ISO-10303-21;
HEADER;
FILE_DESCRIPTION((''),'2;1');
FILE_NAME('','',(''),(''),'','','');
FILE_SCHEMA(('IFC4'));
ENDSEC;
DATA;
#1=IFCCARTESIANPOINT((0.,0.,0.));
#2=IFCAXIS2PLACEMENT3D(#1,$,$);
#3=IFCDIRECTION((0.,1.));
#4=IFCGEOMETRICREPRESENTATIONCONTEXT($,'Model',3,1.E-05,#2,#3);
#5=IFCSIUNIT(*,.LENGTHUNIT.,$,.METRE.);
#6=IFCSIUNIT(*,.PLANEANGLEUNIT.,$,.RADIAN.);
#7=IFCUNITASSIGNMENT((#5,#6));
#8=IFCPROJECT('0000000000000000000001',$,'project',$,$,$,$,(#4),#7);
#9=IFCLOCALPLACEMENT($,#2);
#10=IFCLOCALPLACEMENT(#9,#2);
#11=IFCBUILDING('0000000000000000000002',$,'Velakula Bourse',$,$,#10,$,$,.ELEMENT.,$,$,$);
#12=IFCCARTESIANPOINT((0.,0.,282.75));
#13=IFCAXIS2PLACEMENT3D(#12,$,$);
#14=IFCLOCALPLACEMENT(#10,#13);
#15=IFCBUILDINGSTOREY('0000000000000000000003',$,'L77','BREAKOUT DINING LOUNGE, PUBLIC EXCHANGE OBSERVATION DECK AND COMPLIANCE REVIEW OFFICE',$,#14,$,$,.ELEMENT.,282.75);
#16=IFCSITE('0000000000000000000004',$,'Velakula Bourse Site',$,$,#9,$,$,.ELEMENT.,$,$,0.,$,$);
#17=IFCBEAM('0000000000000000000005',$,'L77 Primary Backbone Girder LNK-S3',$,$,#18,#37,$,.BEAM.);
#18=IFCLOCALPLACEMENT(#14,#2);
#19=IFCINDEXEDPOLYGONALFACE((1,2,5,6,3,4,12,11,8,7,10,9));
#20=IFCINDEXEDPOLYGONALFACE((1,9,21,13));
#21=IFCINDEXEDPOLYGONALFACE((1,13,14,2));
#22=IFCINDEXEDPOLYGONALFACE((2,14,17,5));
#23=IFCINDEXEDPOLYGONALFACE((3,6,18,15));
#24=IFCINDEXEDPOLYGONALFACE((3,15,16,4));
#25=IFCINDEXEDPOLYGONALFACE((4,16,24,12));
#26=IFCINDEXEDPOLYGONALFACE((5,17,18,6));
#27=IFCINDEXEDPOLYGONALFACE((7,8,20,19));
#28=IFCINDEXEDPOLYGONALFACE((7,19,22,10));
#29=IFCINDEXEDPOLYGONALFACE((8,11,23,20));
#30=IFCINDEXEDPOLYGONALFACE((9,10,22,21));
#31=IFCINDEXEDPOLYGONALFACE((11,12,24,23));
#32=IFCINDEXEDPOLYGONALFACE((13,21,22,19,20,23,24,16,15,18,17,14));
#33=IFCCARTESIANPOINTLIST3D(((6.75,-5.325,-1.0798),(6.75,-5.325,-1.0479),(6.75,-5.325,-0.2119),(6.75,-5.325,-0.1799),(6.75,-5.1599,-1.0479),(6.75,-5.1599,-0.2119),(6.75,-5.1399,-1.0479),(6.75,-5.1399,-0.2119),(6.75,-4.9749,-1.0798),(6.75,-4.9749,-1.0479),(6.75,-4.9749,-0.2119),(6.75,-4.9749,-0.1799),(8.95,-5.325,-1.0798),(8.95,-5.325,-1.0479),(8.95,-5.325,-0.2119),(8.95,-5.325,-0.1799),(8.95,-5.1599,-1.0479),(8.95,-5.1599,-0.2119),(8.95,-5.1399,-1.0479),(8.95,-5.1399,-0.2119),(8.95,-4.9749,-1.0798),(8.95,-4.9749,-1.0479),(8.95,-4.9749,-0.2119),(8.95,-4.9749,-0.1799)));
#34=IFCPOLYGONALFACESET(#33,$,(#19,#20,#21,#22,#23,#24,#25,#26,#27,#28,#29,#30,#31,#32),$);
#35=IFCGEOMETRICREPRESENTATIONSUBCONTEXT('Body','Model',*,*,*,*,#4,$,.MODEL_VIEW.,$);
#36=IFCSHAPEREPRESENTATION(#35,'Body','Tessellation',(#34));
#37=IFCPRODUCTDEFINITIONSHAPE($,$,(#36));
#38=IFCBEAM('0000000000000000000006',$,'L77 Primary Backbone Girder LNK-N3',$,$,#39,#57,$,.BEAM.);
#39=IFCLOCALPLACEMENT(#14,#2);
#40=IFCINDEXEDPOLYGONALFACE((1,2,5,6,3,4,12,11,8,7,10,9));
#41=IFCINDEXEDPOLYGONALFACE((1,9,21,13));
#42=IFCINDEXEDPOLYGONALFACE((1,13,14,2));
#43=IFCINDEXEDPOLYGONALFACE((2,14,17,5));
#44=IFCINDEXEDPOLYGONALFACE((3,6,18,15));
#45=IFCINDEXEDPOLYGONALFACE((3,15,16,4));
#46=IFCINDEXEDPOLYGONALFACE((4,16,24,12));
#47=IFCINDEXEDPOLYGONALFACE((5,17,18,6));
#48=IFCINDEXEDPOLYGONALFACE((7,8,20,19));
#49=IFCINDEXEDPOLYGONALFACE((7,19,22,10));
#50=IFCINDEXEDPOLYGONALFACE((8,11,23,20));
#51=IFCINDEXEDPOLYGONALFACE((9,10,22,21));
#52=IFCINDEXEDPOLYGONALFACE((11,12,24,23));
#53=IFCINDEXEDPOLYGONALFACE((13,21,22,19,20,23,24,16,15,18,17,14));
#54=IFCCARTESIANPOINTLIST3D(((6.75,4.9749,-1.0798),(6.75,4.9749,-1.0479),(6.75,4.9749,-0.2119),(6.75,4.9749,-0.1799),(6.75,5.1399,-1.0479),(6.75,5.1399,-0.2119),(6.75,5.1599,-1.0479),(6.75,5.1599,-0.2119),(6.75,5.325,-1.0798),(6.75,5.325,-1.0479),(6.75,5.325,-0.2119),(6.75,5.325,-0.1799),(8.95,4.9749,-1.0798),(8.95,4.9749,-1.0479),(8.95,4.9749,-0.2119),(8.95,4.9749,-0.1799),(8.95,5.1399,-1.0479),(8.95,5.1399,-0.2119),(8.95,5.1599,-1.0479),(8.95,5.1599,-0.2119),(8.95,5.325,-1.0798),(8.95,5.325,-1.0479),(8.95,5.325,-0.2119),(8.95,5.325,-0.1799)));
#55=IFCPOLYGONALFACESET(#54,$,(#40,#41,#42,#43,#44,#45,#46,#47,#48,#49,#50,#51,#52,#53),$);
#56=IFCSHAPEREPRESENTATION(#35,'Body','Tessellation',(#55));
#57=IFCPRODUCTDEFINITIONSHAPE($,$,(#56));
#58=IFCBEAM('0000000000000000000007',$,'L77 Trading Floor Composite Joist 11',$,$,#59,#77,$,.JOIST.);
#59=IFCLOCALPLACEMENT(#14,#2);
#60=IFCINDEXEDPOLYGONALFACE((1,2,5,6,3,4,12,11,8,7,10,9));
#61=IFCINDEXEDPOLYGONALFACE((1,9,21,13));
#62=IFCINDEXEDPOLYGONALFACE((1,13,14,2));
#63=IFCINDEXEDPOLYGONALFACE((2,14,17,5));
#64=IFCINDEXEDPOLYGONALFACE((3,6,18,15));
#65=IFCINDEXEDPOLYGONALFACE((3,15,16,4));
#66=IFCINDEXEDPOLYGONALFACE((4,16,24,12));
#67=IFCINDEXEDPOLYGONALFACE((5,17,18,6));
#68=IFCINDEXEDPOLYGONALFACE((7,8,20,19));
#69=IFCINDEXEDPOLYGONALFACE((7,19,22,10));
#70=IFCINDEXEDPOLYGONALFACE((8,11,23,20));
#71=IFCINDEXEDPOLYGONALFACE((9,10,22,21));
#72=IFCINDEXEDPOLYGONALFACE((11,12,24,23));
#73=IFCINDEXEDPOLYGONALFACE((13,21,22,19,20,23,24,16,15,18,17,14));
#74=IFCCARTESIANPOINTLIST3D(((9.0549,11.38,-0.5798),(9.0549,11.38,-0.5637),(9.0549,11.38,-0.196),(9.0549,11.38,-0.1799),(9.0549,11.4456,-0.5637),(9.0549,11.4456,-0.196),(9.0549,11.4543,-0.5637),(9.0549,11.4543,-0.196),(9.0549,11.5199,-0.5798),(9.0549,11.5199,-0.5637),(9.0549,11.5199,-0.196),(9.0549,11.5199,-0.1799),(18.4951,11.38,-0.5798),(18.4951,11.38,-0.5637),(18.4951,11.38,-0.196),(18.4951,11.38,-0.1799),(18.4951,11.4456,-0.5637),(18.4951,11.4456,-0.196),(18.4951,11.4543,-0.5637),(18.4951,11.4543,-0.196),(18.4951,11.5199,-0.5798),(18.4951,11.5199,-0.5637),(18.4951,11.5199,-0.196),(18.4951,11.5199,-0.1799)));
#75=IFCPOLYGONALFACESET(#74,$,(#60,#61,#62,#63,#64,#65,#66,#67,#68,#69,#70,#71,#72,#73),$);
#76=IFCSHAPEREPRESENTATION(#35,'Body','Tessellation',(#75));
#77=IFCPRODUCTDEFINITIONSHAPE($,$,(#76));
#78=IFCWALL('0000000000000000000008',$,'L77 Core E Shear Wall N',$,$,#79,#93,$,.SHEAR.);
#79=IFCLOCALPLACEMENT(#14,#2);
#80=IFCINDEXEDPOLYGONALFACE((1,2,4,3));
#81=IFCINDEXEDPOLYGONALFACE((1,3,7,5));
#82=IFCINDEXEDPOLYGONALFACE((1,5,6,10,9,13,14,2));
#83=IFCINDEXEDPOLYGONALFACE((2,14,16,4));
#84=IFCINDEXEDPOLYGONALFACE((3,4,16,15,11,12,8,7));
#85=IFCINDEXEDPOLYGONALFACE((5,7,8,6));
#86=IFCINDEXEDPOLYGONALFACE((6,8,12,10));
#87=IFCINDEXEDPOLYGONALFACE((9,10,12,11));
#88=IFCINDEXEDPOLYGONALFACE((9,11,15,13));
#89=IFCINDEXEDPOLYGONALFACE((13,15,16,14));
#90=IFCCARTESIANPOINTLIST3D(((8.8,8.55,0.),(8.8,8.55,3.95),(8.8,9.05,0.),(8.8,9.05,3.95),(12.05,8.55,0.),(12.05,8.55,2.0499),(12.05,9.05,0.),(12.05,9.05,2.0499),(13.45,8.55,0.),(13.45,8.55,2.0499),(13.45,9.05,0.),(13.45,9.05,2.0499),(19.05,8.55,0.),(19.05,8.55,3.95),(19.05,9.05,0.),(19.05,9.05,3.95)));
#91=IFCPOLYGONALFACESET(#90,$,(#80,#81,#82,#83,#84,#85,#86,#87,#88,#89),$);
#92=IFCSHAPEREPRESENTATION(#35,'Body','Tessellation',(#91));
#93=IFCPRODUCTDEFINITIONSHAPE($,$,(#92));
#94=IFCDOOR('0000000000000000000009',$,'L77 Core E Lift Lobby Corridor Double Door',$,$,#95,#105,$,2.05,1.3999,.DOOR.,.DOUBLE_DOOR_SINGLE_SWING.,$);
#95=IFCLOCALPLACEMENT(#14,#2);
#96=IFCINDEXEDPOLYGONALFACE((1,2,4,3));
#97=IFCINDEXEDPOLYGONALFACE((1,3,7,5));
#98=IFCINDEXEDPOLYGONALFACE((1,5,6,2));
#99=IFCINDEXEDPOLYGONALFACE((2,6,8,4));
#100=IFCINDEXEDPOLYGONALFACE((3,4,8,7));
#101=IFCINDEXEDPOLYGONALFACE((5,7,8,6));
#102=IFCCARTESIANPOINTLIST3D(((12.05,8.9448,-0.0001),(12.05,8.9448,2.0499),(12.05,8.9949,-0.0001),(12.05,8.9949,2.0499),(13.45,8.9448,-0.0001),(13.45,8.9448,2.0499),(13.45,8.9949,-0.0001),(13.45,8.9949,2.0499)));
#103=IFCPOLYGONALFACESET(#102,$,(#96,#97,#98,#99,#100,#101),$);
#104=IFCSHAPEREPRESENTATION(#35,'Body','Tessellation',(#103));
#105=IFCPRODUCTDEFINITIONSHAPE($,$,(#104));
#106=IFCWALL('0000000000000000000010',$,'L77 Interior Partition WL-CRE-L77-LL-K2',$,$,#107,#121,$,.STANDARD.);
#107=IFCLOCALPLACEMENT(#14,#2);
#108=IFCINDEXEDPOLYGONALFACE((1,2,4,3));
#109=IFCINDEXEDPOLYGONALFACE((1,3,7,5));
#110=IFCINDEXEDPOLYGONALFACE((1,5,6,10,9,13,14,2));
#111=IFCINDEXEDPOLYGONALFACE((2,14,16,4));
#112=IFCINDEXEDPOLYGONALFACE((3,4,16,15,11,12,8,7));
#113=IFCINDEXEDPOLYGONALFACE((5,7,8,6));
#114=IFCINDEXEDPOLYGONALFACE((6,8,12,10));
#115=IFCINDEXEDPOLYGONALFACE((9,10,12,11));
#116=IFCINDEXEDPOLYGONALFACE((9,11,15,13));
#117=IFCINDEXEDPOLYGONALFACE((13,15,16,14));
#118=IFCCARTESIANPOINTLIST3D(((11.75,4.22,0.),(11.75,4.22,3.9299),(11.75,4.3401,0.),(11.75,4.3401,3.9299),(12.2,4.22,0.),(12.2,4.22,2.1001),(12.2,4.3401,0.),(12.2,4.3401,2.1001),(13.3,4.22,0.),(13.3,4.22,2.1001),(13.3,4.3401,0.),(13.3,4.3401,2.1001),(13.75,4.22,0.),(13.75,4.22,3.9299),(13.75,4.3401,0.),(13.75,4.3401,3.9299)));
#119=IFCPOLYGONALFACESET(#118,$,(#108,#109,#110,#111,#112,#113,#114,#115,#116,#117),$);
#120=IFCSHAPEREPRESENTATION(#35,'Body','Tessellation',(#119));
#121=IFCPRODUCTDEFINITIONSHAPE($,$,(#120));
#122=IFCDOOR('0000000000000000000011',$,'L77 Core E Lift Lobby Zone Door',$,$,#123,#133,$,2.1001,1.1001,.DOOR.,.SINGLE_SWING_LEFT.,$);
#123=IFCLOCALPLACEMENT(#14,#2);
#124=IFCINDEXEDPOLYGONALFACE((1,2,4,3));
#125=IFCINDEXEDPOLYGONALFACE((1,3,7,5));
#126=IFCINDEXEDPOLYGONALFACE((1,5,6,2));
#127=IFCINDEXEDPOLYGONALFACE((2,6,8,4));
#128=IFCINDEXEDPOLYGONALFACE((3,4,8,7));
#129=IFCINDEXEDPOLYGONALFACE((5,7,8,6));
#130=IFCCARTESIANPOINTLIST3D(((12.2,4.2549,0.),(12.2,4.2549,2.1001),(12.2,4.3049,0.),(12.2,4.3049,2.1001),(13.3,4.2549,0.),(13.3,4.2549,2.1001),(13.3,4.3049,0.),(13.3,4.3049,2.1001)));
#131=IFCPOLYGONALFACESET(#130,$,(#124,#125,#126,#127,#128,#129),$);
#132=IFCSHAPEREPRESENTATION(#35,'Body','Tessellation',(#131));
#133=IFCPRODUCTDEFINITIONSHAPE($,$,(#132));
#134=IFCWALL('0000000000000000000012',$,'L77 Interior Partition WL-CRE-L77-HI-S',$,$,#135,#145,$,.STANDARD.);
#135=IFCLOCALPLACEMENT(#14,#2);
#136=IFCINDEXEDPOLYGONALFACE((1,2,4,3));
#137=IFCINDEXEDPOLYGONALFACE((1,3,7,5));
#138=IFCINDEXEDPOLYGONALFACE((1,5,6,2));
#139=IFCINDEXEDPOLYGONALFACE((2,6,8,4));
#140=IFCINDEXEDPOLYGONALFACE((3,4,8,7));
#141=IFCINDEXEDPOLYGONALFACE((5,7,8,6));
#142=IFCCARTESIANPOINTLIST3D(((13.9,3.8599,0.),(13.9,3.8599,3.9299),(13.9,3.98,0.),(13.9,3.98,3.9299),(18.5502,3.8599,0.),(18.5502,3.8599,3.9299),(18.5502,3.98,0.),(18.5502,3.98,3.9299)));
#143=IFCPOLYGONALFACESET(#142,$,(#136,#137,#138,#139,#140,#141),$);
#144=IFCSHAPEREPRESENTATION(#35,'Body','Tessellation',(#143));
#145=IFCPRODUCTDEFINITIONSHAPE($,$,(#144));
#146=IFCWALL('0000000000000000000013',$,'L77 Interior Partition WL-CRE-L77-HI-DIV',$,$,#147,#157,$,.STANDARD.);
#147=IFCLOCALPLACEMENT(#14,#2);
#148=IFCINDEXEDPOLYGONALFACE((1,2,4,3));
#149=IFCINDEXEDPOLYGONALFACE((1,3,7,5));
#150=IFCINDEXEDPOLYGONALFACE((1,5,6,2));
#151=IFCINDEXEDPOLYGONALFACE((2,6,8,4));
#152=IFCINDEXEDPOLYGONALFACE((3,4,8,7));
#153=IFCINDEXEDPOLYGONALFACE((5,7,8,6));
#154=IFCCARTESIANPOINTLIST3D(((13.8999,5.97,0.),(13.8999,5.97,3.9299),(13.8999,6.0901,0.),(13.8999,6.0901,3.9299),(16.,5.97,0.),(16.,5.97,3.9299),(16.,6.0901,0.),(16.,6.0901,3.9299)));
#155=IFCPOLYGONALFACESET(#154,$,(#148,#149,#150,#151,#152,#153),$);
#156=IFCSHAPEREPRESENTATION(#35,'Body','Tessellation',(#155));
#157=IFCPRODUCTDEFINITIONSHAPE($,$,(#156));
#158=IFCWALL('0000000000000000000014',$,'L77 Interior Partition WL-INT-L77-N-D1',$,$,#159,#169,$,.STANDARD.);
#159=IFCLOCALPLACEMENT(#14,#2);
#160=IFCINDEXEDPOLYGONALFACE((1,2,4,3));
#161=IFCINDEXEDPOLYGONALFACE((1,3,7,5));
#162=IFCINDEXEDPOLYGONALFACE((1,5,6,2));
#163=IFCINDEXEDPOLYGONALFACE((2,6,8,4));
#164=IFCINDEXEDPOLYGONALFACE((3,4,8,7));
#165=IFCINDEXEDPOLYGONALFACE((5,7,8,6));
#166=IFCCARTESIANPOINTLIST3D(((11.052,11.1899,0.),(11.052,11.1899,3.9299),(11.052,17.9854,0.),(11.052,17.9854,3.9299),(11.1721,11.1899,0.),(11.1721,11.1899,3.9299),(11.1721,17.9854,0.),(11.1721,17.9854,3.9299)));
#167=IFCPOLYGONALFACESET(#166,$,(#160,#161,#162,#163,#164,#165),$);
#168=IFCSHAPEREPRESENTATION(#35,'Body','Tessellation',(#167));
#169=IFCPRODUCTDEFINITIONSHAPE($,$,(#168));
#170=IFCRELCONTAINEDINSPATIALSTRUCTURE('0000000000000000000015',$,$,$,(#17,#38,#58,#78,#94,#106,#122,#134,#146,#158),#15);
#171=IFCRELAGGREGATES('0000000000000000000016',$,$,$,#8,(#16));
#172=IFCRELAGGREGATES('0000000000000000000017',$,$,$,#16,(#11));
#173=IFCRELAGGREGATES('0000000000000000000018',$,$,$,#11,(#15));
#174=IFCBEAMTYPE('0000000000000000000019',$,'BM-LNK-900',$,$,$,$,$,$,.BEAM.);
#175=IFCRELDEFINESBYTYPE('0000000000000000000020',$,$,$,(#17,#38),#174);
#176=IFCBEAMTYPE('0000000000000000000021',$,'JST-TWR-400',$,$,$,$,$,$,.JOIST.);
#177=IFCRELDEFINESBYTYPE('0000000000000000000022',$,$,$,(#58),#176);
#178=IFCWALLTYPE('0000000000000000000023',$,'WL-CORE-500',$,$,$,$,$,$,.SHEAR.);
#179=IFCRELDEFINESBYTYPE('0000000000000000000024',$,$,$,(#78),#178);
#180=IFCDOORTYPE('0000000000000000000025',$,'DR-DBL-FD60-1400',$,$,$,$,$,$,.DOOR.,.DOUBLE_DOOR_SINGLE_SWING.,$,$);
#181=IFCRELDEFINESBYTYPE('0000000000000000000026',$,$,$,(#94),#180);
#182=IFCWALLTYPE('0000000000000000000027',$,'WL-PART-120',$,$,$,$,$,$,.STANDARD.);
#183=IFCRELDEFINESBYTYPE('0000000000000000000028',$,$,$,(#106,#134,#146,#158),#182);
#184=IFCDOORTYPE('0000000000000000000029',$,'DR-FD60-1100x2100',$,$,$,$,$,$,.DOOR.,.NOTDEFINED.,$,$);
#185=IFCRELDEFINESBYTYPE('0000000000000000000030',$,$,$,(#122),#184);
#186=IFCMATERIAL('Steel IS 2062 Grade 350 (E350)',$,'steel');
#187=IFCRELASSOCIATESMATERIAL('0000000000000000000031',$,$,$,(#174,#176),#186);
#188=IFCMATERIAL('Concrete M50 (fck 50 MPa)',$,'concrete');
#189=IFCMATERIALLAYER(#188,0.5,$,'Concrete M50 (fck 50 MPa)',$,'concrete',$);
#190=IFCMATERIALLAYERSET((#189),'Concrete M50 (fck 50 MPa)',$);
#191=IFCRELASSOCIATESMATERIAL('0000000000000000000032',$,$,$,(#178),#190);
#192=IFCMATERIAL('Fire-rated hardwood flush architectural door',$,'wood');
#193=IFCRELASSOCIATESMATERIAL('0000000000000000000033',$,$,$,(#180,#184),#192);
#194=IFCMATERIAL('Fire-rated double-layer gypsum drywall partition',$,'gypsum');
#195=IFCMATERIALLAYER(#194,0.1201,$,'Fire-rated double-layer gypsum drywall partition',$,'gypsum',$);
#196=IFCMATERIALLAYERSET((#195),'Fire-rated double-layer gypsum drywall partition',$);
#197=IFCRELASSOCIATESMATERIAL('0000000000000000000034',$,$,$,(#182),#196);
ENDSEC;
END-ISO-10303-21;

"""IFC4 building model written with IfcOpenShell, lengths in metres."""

from ifc_helpers import new_model, si_unit, direction, frame, frame_2d, origin, origin_2d, place, context, subcontext, project, spatial, rectangle, i_section, extrude, material, layer, layer_set, material_profile, profile_set, type_object, element, fill, save


model = new_model("IFC4")

# Units and contexts
model_context = context("Model", 3, precision=1e-05, world=origin(), true_north=direction((0.0, 1.0)))
body_context = subcontext(model_context, "Body", "Model", "MODEL_VIEW")
ifc_project = project(units=[si_unit("LENGTHUNIT", "METRE"), si_unit("PLANEANGLEUNIT", "RADIAN")], contexts=[model_context])

# Site, building, storey
site_placement = place(None, origin())
site = spatial("IfcSite", under=ifc_project, at=site_placement, Name="Velakula Bourse Site", CompositionType="ELEMENT", RefElevation=0.0)
building_placement = place(site_placement, origin())
building = spatial("IfcBuilding", under=site, at=building_placement, Name="Velakula Bourse", CompositionType="ELEMENT")
storey_placement = place(building_placement, frame((0.0, 0.0, 282.75)))
storey = spatial("IfcBuildingStorey", under=building, at=storey_placement, Name="L77", Description="BREAKOUT DINING LOUNGE, PUBLIC EXCHANGE OBSERVATION DECK AND COMPLIANCE REVIEW OFFICE", CompositionType="ELEMENT", Elevation=282.75)

# Shared definitions
ifc_material_1 = material(Name="Concrete M50 (fck 50 MPa)", Category="concrete")
ifc_material_2 = material(Name="Steel IS 2062 Grade 350 (E350)", Category="steel")

# Beams
ifc_material_profile_1 = material_profile(ifc_material_2, i_section(OverallWidth=0.3501, OverallDepth=0.8999, WebThickness=0.02, FlangeThickness=0.032, at=origin_2d()), Name="Steel IS 2062 Grade 350 (E350)")
ifc_profile_set_1 = profile_set([ifc_material_profile_1], Name="Steel IS 2062 Grade 350 (E350)")
beam_type_1 = type_object("IfcBeamType", Name="BM-LNK-900", PredefinedType="BEAM", material=ifc_profile_set_1)
for number, where, z_axis, x_axis, name in (
    (1, (6.75, -5.1499, -0.6299), (1.0, 0.0, 0.0), (0.0, 1.0, 0.0), "L77 Primary Backbone Girder LNK-S3"),
    (2, (6.75, 5.1499, -0.6299), (1.0, 0.0, 0.0), (0.0, 1.0, 0.0), "L77 Primary Backbone Girder LNK-N3"),
):
    element("IfcBeam", number, at=place(storey_placement, frame(where, z_axis=z_axis, x_axis=x_axis)), inside=storey, type_object=beam_type_1, Name=name, PredefinedType="BEAM", context=body_context, shape_type="SweptSolid", body=[
        extrude(i_section(OverallWidth=0.3501, OverallDepth=0.8999, WebThickness=0.02, FlangeThickness=0.032, at=origin_2d()), origin(), (0.0, 0.0, 1.0), 2.2),
    ])
ifc_material_profile_2 = material_profile(ifc_material_2, i_section(OverallWidth=0.1399, OverallDepth=0.3999, WebThickness=0.0088, FlangeThickness=0.0161, at=origin_2d()), Name="Steel IS 2062 Grade 350 (E350)")
ifc_profile_set_2 = profile_set([ifc_material_profile_2], Name="Steel IS 2062 Grade 350 (E350)")
beam_type_2 = type_object("IfcBeamType", Name="JST-TWR-400", PredefinedType="JOIST", material=ifc_profile_set_2)
beam_1_placement = place(storey_placement, frame((9.0549, 11.45, -0.3799), z_axis=(1.0, 0.0, 0.0), x_axis=(0.0, 1.0, 0.0)))
element("IfcBeam", 3, at=beam_1_placement, inside=storey, type_object=beam_type_2, Name="L77 Trading Floor Composite Joist 11", PredefinedType="JOIST", context=body_context, shape_type="SweptSolid", body=[
    extrude(i_section(OverallWidth=0.1399, OverallDepth=0.3999, WebThickness=0.0088, FlangeThickness=0.0161, at=origin_2d()), origin(), (0.0, 0.0, 1.0), 9.4402),
])

# Walls, openings, doors
ifc_layer_1 = layer(ifc_material_1, 0.5, Name="Concrete M50 (fck 50 MPa)", Category="concrete")
ifc_layer_set_1 = layer_set([ifc_layer_1], Name="Concrete M50 (fck 50 MPa)")
wall_type_1 = type_object("IfcWallType", Name="WL-CORE-500", PredefinedType="SHEAR", material=ifc_layer_set_1)
wall_1_placement = place(storey_placement, frame((8.8, 8.8, 0.0), z_axis=(0.0, 0.0, 1.0), x_axis=(1.0, 0.0, 0.0)))
wall_1 = element("IfcWall", 4, at=wall_1_placement, inside=storey, type_object=wall_type_1, Name="L77 Core E Shear Wall N", PredefinedType="SHEAR", context=body_context, shape_type="SweptSolid", body=[
    extrude(rectangle(XDim=10.25, YDim=0.5, at=frame_2d((5.125, 0.0))), origin(), (0.0, 0.0, 1.0), 3.95),
])
opening_1_placement = place(wall_1_placement, frame((3.25, 0.0, 0.0)))
opening_1 = element("IfcOpeningElement", 5, at=opening_1_placement, cuts=wall_1, PredefinedType="OPENING", context=body_context, shape_type="SweptSolid", body=[
    extrude(rectangle(XDim=1.3999, YDim=2.05, at=frame_2d((0.7, 1.0249))), frame((0.0, 0.26, 0.0), z_axis=(0.0, -1.0, 0.0), x_axis=(1.0, 0.0, 0.0)), (0.0, 0.0, 1.0), 0.52),
])
ifc_material_3 = material(Name="Fire-rated hardwood flush architectural door", Category="wood")
door_type_1 = type_object("IfcDoorType", Name="DR-DBL-FD60-1400", OperationType="DOUBLE_DOOR_SINGLE_SWING", PredefinedType="DOOR", material=ifc_material_3)
door_1_placement = place(opening_1_placement, origin())
door_1 = element("IfcDoor", 6, at=door_1_placement, inside=storey, type_object=door_type_1, Name="L77 Core E Lift Lobby Corridor Double Door", OperationType="DOUBLE_DOOR_SINGLE_SWING", OverallHeight=2.05, OverallWidth=1.3999, PredefinedType="DOOR", context=body_context, shape_type="SweptSolid", body=[
    extrude(rectangle(XDim=1.3999, YDim=2.05, at=frame_2d((0.7, 1.0249))), frame((0.0, 0.1948, 0.0), z_axis=(0.0, -1.0, 0.0), x_axis=(1.0, 0.0, 0.0)), (0.0, 0.0, 1.0), 0.05),
])
fill(opening_1, door_1)
ifc_material_4 = material(Name="Fire-rated double-layer gypsum drywall partition", Category="gypsum")
ifc_layer_2 = layer(ifc_material_4, 0.1201, Name="Fire-rated double-layer gypsum drywall partition", Category="gypsum")
ifc_layer_set_2 = layer_set([ifc_layer_2], Name="Fire-rated double-layer gypsum drywall partition")
wall_type_2 = type_object("IfcWallType", Name="WL-PART-120", PredefinedType="STANDARD", material=ifc_layer_set_2)
wall_2_placement = place(storey_placement, frame((11.75, 4.28, 0.0), z_axis=(0.0, 0.0, 1.0), x_axis=(1.0, 0.0, 0.0)))
wall_2 = element("IfcWall", 7, at=wall_2_placement, inside=storey, type_object=wall_type_2, Name="L77 Interior Partition WL-CRE-L77-LL-K2", PredefinedType="STANDARD", context=body_context, shape_type="SweptSolid", body=[
    extrude(rectangle(XDim=2.0, YDim=0.1201, at=frame_2d((1.0, 0.0))), origin(), (0.0, 0.0, 1.0), 3.9299),
])
opening_2_placement = place(wall_2_placement, frame((0.45, 0.0, 0.0)))
opening_2 = element("IfcOpeningElement", 8, at=opening_2_placement, cuts=wall_2, PredefinedType="OPENING", context=body_context, shape_type="SweptSolid", body=[
    extrude(rectangle(XDim=1.1001, YDim=2.1001, at=frame_2d((0.55, 1.05))), frame((0.0, 0.0701, 0.0), z_axis=(0.0, -1.0, 0.0), x_axis=(1.0, 0.0, 0.0)), (0.0, 0.0, 1.0), 0.1401),
])
door_type_2 = type_object("IfcDoorType", Name="DR-FD60-1100x2100", OperationType="NOTDEFINED", PredefinedType="DOOR", material=ifc_material_3)
door_2_placement = place(opening_2_placement, origin())
door_2 = element("IfcDoor", 9, at=door_2_placement, inside=storey, type_object=door_type_2, Name="L77 Core E Lift Lobby Zone Door", OperationType="SINGLE_SWING_LEFT", OverallHeight=2.1001, OverallWidth=1.1001, PredefinedType="DOOR", context=body_context, shape_type="SweptSolid", body=[
    extrude(rectangle(XDim=1.1001, YDim=2.1001, at=frame_2d((0.55, 1.05))), frame((0.0, 0.0249, 0.0), z_axis=(0.0, -1.0, 0.0), x_axis=(1.0, 0.0, 0.0)), (0.0, 0.0, 1.0), 0.05),
])
fill(opening_2, door_2)

# Walls
wall_3_placement = place(storey_placement, frame((13.8999, 3.9199, 0.0), z_axis=(0.0, 0.0, 1.0), x_axis=(1.0, 0.0, 0.0)))
element("IfcWall", 10, at=wall_3_placement, inside=storey, type_object=wall_type_2, Name="L77 Interior Partition WL-CRE-L77-HI-S", PredefinedType="STANDARD", context=body_context, shape_type="SweptSolid", body=[
    extrude(rectangle(XDim=4.6501, YDim=0.1201, at=frame_2d((2.3252, 0.0))), origin(), (0.0, 0.0, 1.0), 3.9299),
])
wall_4_placement = place(storey_placement, frame((13.8999, 6.03, 0.0), z_axis=(0.0, 0.0, 1.0), x_axis=(1.0, 0.0, 0.0)))
element("IfcWall", 11, at=wall_4_placement, inside=storey, type_object=wall_type_2, Name="L77 Interior Partition WL-CRE-L77-HI-DIV", PredefinedType="STANDARD", context=body_context, shape_type="SweptSolid", body=[
    extrude(rectangle(XDim=2.1001, YDim=0.1201, at=frame_2d((1.05, 0.0))), origin(), (0.0, 0.0, 1.0), 3.9299),
])
wall_5_placement = place(storey_placement, frame((11.1121, 11.1899, 0.0), z_axis=(0.0, 0.0, 1.0), x_axis=(0.0, 1.0, 0.0)))
element("IfcWall", 12, at=wall_5_placement, inside=storey, type_object=wall_type_2, Name="L77 Interior Partition WL-INT-L77-N-D1", PredefinedType="STANDARD", context=body_context, shape_type="SweptSolid", body=[
    extrude(rectangle(XDim=6.7954, YDim=0.1201, at=frame_2d((3.3977, 0.0))), origin(), (0.0, 0.0, 1.0), 3.9299),
])

save(model, "model.ifc")
